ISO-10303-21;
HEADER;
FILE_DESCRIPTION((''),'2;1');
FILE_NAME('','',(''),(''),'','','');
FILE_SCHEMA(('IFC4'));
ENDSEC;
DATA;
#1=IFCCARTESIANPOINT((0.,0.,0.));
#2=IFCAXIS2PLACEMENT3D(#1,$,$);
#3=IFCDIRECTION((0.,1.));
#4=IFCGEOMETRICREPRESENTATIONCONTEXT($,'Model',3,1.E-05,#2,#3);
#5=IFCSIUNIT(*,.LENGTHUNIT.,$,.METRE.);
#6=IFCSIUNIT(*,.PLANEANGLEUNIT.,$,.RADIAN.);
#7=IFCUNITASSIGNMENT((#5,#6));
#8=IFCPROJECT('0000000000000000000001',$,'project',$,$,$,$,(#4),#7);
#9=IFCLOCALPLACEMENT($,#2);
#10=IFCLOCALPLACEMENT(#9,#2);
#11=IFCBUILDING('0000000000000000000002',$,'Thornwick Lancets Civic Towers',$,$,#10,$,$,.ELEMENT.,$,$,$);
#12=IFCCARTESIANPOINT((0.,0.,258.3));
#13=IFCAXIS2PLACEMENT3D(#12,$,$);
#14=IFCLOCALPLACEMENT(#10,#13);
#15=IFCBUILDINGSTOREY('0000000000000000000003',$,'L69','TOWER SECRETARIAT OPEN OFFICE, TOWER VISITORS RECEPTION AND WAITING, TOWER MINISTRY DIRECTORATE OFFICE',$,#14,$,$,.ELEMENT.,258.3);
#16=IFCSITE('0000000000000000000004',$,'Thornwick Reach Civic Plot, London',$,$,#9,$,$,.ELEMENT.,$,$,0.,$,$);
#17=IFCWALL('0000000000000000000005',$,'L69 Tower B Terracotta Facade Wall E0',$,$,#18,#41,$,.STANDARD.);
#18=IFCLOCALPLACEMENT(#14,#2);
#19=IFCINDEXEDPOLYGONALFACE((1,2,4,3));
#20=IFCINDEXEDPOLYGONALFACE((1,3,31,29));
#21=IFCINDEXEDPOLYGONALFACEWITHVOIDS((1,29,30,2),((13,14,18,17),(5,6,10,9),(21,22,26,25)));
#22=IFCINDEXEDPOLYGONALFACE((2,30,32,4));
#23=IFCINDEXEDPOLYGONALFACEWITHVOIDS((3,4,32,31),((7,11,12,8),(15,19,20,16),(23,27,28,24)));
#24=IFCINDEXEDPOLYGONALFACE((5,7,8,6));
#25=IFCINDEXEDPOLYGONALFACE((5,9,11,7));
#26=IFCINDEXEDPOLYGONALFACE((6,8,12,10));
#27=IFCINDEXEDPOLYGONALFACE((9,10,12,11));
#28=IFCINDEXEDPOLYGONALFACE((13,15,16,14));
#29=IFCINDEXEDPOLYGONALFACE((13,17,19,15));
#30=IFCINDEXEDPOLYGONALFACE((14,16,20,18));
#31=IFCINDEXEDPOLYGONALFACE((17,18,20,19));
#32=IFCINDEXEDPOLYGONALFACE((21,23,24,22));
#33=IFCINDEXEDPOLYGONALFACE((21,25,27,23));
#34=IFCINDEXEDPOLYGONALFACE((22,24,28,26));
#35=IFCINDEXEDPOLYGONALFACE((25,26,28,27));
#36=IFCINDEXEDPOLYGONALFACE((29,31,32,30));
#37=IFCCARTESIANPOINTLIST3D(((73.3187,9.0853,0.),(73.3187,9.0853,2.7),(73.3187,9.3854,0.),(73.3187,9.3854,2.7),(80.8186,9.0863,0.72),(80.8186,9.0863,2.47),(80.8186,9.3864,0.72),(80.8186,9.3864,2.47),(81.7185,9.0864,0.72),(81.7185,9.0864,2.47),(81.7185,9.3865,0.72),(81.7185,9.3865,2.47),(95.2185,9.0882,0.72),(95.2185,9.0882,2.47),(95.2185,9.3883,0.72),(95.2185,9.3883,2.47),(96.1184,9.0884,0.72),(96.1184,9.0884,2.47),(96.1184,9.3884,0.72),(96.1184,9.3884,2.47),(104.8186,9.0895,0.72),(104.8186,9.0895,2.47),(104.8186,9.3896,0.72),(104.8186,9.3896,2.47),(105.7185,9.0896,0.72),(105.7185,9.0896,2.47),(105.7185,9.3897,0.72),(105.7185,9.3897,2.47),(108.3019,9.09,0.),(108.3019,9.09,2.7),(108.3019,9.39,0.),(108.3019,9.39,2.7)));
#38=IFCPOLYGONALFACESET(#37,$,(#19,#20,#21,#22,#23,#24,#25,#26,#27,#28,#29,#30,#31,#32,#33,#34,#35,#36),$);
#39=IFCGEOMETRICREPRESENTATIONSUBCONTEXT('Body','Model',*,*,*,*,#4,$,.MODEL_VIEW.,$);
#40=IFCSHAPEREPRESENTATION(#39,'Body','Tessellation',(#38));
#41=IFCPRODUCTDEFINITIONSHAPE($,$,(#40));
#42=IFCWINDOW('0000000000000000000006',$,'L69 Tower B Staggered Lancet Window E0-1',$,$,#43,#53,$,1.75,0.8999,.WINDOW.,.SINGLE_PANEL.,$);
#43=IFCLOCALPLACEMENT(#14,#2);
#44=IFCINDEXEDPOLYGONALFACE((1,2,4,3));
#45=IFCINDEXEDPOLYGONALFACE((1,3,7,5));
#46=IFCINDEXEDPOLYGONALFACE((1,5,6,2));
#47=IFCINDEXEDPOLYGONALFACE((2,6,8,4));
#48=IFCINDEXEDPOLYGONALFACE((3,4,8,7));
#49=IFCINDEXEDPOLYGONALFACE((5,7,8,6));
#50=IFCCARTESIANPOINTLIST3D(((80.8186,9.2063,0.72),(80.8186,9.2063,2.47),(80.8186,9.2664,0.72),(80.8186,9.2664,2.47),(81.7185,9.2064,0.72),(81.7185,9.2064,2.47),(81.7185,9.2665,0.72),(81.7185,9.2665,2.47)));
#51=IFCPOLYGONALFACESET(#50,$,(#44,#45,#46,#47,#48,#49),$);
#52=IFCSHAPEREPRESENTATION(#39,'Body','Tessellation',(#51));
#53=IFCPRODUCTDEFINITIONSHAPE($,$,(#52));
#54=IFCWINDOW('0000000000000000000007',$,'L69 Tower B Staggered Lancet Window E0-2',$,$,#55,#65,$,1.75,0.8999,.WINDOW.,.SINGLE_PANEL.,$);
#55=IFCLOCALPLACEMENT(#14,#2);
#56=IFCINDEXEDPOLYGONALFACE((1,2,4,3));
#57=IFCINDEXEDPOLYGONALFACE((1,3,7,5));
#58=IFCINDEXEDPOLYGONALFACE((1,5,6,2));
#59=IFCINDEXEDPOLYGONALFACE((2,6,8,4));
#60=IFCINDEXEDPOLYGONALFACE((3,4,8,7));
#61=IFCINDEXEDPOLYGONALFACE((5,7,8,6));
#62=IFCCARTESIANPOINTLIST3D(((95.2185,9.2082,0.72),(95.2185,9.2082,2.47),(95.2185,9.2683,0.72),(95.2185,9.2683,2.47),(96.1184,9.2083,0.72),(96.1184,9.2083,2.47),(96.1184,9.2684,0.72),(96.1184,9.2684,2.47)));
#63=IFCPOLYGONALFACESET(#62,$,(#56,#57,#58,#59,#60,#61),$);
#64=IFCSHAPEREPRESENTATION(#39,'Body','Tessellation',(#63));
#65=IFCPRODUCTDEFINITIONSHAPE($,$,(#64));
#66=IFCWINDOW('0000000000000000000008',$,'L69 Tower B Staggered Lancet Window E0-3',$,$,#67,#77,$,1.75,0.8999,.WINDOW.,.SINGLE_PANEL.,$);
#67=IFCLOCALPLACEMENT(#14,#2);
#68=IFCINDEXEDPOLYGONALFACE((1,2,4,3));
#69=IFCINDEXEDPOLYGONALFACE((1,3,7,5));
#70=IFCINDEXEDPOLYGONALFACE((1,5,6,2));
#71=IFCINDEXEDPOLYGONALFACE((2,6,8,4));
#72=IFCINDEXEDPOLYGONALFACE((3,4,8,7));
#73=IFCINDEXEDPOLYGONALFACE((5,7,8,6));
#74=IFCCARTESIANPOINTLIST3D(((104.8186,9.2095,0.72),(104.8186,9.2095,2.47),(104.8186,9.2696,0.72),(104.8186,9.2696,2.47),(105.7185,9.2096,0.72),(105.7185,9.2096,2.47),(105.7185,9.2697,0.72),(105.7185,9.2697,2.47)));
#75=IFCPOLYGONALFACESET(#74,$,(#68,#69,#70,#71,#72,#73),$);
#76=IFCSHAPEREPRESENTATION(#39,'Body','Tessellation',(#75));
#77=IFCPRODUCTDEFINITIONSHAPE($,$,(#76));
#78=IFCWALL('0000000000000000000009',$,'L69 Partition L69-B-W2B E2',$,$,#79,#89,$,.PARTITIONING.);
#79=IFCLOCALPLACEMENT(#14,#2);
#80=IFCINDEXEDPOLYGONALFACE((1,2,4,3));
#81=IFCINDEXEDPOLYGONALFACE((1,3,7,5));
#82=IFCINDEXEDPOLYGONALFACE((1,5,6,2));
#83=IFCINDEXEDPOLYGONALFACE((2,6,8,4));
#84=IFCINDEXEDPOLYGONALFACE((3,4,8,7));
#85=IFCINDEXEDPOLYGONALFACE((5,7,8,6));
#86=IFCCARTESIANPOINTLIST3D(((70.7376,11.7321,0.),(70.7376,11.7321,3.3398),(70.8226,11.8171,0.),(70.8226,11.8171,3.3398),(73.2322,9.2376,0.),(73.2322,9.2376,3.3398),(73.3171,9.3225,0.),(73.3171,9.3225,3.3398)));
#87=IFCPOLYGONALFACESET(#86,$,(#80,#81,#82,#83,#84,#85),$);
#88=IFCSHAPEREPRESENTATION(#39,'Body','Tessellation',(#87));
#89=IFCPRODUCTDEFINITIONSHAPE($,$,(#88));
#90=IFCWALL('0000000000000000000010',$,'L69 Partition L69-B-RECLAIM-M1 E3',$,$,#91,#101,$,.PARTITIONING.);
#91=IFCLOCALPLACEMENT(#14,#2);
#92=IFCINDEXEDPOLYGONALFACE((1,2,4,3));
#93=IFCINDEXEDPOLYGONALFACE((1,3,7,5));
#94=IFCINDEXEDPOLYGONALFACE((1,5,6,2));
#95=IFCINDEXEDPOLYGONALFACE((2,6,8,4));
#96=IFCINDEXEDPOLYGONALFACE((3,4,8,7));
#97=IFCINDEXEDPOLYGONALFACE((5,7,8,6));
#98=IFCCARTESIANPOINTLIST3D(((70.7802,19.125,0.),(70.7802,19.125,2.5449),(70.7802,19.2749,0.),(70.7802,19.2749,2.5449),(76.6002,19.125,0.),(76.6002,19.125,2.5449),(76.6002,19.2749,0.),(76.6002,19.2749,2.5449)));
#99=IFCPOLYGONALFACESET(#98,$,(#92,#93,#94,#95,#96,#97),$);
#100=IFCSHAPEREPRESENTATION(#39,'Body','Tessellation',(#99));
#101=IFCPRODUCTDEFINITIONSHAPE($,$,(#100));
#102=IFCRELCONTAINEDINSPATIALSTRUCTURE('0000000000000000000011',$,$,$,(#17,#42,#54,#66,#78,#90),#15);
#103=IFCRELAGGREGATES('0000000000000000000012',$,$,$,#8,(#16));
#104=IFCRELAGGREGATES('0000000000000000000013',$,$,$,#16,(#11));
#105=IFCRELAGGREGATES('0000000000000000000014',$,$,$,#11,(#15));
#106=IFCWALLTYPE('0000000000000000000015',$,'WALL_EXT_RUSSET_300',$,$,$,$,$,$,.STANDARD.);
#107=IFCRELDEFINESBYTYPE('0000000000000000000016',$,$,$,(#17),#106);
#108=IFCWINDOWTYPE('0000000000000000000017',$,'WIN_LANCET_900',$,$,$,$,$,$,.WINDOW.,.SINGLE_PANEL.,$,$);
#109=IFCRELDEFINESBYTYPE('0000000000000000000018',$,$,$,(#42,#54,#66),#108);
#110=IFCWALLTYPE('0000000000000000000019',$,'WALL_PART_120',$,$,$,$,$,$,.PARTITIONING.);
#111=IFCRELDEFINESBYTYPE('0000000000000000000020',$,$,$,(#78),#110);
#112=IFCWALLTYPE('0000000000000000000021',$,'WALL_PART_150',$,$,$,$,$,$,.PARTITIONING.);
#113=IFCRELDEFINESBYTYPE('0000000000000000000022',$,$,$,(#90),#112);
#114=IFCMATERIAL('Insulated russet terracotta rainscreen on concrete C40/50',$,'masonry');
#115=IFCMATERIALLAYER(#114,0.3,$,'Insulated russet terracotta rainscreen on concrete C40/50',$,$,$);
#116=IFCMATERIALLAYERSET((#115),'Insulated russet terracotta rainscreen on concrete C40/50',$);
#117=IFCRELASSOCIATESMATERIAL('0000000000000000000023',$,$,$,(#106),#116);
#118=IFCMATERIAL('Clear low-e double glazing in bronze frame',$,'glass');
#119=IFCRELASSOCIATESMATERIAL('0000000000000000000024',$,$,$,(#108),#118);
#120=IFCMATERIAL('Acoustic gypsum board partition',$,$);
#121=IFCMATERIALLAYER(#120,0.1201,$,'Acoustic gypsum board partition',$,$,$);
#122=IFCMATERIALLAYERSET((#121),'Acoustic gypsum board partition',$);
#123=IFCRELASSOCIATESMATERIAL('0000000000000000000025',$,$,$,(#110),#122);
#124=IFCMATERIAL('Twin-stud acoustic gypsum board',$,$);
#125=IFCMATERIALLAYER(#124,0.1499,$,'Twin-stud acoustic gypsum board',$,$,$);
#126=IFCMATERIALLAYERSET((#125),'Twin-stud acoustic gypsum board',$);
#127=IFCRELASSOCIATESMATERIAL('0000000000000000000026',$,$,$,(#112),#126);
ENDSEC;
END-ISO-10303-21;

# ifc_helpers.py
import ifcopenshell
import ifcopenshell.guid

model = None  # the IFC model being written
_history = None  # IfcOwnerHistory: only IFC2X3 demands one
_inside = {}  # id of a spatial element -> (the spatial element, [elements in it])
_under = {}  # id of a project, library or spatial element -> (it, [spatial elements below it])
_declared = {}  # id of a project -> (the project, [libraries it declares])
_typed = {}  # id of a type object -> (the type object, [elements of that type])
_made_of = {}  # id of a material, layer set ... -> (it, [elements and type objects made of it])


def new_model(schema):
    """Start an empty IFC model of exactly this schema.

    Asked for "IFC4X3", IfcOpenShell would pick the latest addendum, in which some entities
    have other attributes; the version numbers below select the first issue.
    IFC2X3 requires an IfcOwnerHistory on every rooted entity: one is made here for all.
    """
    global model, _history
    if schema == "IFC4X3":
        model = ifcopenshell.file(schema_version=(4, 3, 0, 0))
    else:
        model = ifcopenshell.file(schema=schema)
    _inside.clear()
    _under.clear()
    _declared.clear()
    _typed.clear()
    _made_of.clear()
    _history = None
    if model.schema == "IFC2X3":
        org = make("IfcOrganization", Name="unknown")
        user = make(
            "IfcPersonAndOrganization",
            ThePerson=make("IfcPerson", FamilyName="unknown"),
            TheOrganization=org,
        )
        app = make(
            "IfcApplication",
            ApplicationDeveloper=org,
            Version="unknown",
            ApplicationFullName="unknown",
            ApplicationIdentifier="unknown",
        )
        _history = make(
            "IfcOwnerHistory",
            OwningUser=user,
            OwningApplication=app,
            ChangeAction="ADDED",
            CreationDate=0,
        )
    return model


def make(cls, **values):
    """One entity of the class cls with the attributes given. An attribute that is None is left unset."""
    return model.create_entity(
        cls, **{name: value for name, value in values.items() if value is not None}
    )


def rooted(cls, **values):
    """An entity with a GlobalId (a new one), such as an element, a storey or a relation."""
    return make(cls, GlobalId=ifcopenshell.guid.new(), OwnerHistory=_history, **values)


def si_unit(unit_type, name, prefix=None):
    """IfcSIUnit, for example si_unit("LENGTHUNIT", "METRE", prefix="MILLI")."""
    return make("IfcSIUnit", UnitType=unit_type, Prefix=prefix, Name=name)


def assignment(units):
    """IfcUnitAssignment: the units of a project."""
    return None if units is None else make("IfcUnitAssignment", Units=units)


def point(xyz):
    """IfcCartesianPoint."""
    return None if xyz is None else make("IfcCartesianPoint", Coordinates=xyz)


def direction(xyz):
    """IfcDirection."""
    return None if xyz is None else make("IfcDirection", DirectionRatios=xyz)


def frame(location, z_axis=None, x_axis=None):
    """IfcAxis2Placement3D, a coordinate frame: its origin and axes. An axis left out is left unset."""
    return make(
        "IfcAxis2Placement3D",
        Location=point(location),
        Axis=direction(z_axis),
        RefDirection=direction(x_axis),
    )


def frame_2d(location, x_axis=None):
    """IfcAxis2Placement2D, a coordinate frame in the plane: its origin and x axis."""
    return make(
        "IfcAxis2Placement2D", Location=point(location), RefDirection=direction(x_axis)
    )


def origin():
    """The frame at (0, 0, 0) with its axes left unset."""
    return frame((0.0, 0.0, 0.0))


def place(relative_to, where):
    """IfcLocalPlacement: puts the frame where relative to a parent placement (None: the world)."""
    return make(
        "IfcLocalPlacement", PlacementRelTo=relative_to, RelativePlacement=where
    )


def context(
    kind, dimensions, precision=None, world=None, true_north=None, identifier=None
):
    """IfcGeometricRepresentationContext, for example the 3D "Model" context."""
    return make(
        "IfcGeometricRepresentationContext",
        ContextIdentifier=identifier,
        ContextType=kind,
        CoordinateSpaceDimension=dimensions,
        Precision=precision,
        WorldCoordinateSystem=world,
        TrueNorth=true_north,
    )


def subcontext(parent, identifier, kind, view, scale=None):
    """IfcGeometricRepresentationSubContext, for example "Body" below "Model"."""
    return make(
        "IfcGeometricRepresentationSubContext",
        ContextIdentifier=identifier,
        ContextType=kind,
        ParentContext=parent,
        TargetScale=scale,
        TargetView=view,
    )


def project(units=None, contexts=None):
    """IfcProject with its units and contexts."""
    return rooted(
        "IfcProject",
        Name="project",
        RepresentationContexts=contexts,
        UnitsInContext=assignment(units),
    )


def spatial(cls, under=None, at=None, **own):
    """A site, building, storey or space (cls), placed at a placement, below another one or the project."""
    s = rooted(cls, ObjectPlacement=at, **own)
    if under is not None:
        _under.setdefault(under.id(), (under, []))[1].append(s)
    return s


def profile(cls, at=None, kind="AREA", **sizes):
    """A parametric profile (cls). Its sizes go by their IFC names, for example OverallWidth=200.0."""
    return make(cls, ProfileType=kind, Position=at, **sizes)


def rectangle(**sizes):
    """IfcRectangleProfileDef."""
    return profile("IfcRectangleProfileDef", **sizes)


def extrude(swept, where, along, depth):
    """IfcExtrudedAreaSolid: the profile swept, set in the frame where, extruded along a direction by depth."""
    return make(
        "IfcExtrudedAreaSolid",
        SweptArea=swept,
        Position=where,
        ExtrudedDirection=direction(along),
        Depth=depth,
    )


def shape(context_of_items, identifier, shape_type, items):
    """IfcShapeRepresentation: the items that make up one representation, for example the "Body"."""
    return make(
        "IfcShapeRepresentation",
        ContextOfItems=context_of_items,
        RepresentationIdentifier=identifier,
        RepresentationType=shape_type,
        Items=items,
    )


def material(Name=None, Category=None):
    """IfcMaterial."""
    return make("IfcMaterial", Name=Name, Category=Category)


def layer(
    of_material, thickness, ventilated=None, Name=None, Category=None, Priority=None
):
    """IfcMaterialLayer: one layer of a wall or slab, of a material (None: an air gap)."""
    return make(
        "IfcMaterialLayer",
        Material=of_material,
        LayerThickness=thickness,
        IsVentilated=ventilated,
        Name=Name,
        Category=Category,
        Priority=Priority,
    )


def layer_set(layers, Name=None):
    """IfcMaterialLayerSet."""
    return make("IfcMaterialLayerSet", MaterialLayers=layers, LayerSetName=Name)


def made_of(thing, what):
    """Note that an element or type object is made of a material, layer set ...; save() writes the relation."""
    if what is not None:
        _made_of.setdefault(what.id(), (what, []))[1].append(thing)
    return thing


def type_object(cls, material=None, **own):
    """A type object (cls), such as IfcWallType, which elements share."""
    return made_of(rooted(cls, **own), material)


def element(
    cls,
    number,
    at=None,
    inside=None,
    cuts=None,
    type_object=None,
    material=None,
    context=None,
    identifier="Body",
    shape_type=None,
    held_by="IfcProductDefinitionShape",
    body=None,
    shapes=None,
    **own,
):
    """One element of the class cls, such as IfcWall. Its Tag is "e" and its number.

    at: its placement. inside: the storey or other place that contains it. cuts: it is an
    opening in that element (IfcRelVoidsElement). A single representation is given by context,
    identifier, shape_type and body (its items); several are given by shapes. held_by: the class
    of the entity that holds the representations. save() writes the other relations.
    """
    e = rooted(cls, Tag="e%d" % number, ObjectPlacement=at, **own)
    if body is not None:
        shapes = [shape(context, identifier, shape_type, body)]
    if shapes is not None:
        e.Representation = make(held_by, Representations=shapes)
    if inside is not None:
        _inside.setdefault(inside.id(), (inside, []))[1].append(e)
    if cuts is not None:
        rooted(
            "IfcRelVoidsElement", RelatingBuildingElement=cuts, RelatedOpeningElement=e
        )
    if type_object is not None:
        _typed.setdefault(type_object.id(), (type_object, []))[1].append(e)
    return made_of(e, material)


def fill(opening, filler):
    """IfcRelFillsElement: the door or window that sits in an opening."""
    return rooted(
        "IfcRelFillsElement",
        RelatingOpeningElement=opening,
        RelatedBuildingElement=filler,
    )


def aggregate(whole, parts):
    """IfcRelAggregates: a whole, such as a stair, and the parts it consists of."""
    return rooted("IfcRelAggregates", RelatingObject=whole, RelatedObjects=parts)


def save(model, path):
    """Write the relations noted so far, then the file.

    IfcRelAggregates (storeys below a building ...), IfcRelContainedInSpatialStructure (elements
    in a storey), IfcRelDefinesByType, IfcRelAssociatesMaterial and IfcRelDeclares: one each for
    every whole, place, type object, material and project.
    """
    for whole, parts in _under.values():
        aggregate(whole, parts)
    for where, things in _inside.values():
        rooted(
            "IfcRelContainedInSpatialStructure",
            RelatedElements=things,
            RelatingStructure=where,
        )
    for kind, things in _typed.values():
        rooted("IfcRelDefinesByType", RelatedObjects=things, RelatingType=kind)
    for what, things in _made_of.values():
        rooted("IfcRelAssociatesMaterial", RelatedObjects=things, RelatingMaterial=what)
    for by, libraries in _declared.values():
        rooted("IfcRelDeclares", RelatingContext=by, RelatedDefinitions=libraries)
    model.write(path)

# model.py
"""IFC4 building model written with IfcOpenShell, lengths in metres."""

from ifc_helpers import new_model, si_unit, direction, frame, frame_2d, origin, place, context, subcontext, project, spatial, rectangle, extrude, material, layer, layer_set, type_object, element, fill, save


model = new_model("IFC4")

# Units and contexts
model_context = context("Model", 3, precision=1e-05, world=origin(), true_north=direction((0.0, 1.0)))
body_context = subcontext(model_context, "Body", "Model", "MODEL_VIEW")
ifc_project = project(units=[si_unit("LENGTHUNIT", "METRE"), si_unit("PLANEANGLEUNIT", "RADIAN")], contexts=[model_context])

# Site, building, storey
site_placement = place(None, origin())
site = spatial("IfcSite", under=ifc_project, at=site_placement, Name="Thornwick Reach Civic Plot, London", CompositionType="ELEMENT", RefElevation=0.0)
building_placement = place(site_placement, origin())
building = spatial("IfcBuilding", under=site, at=building_placement, Name="Thornwick Lancets Civic Towers", CompositionType="ELEMENT")
storey_placement = place(building_placement, frame((0.0, 0.0, 258.3)))
storey = spatial("IfcBuildingStorey", under=building, at=storey_placement, Name="L69", Description="TOWER SECRETARIAT OPEN OFFICE, TOWER VISITORS RECEPTION AND WAITING, TOWER MINISTRY DIRECTORATE OFFICE", CompositionType="ELEMENT", Elevation=258.3)

# Wall, openings, windows
ifc_material_1 = material(Name="Insulated russet terracotta rainscreen on concrete C40/50", Category="masonry")
ifc_layer_1 = layer(ifc_material_1, 0.3, Name="Insulated russet terracotta rainscreen on concrete C40/50")
ifc_layer_set_1 = layer_set([ifc_layer_1], Name="Insulated russet terracotta rainscreen on concrete C40/50")
wall_type_1 = type_object("IfcWallType", Name="WALL_EXT_RUSSET_300", PredefinedType="STANDARD", material=ifc_layer_set_1)
ifc_material_2 = material(Name="Clear low-e double glazing in bronze frame", Category="glass")
window_type = type_object("IfcWindowType", Name="WIN_LANCET_900", PartitioningType="SINGLE_PANEL", PredefinedType="WINDOW", material=ifc_material_2)
wall_1_placement = place(storey_placement, frame((73.3186, 9.2354, 0.0), z_axis=(0.0, 0.0, 1.0), x_axis=(1.0, 0.000133, 0.0)))
wall_1 = element("IfcWall", 1, at=wall_1_placement, inside=storey, type_object=wall_type_1, Name="L69 Tower B Terracotta Facade Wall E0", PredefinedType="STANDARD", context=body_context, shape_type="SweptSolid", body=[
    extrude(rectangle(XDim=34.9832, YDim=0.3, at=frame_2d((17.4917, 0.0))), origin(), (0.0, 0.0, 1.0), 2.7),
])
opening_1_placement = place(wall_1_placement, frame((7.5, 0.0, 0.72)))
opening_1 = element("IfcOpeningElement", 2, at=opening_1_placement, cuts=wall_1, PredefinedType="OPENING", context=body_context, shape_type="SweptSolid", body=[
    extrude(rectangle(XDim=0.8999, YDim=1.75, at=frame_2d((0.45, 0.875))), frame((0.0, 0.1602, 0.0), z_axis=(0.0, -1.0, 0.0), x_axis=(1.0, 0.0, 0.0)), (0.0, 0.0, 1.0), 0.3201),
])
opening_2_placement = place(wall_1_placement, frame((21.8999, 0.0, 0.72)))
opening_2 = element("IfcOpeningElement", 3, at=opening_2_placement, cuts=wall_1, PredefinedType="OPENING", context=body_context, shape_type="SweptSolid", body=[
    extrude(rectangle(XDim=0.8999, YDim=1.75, at=frame_2d((0.45, 0.875))), frame((0.0, 0.1602, 0.0), z_axis=(0.0, -1.0, 0.0), x_axis=(1.0, 0.0, 0.0)), (0.0, 0.0, 1.0), 0.3201),
])
opening_3_placement = place(wall_1_placement, frame((31.5, 0.0, 0.72)))
opening_3 = element("IfcOpeningElement", 4, at=opening_3_placement, cuts=wall_1, PredefinedType="OPENING", context=body_context, shape_type="SweptSolid", body=[
    extrude(rectangle(XDim=0.8999, YDim=1.75, at=frame_2d((0.45, 0.875))), frame((0.0, 0.1602, 0.0), z_axis=(0.0, -1.0, 0.0), x_axis=(1.0, 0.0, 0.0)), (0.0, 0.0, 1.0), 0.3201),
])
window_1_placement = place(opening_1_placement, origin())
window_1 = element("IfcWindow", 5, at=window_1_placement, inside=storey, type_object=window_type, Name="L69 Tower B Staggered Lancet Window E0-1", OverallHeight=1.75, OverallWidth=0.8999, PartitioningType="SINGLE_PANEL", PredefinedType="WINDOW", context=body_context, shape_type="SweptSolid", body=[
    extrude(rectangle(XDim=0.8999, YDim=1.75, at=frame_2d((0.45, 0.875))), frame((0.0, 0.03, 0.0), z_axis=(0.0, -1.0, 0.0), x_axis=(1.0, 0.0, 0.0)), (0.0, 0.0, 1.0), 0.0601),
])
fill(opening_1, window_1)
window_2_placement = place(opening_2_placement, origin())
window_2 = element("IfcWindow", 6, at=window_2_placement, inside=storey, type_object=window_type, Name="L69 Tower B Staggered Lancet Window E0-2", OverallHeight=1.75, OverallWidth=0.8999, PartitioningType="SINGLE_PANEL", PredefinedType="WINDOW", context=body_context, shape_type="SweptSolid", body=[
    extrude(rectangle(XDim=0.8999, YDim=1.75, at=frame_2d((0.45, 0.875))), frame((0.0, 0.03, 0.0), z_axis=(0.0, -1.0, 0.0), x_axis=(1.0, 0.0, 0.0)), (0.0, 0.0, 1.0), 0.0601),
])
fill(opening_2, window_2)
window_3_placement = place(opening_3_placement, origin())
window_3 = element("IfcWindow", 7, at=window_3_placement, inside=storey, type_object=window_type, Name="L69 Tower B Staggered Lancet Window E0-3", OverallHeight=1.75, OverallWidth=0.8999, PartitioningType="SINGLE_PANEL", PredefinedType="WINDOW", context=body_context, shape_type="SweptSolid", body=[
    extrude(rectangle(XDim=0.8999, YDim=1.75, at=frame_2d((0.45, 0.875))), frame((0.0, 0.03, 0.0), z_axis=(0.0, -1.0, 0.0), x_axis=(1.0, 0.0, 0.0)), (0.0, 0.0, 1.0), 0.0601),
])
fill(opening_3, window_3)

# Walls
ifc_material_3 = material(Name="Acoustic gypsum board partition")
ifc_layer_2 = layer(ifc_material_3, 0.1201, Name="Acoustic gypsum board partition")
ifc_layer_set_2 = layer_set([ifc_layer_2], Name="Acoustic gypsum board partition")
wall_type_2 = type_object("IfcWallType", Name="WALL_PART_120", PredefinedType="PARTITIONING", material=ifc_layer_set_2)
wall_2_placement = place(storey_placement, frame((73.2747, 9.28, 0.0), z_axis=(0.0, 0.0, 1.0), x_axis=(-0.707107, 0.707107, 0.0)))
element("IfcWall", 8, at=wall_2_placement, inside=storey, type_object=wall_type_2, Name="L69 Partition L69-B-W2B E2", PredefinedType="PARTITIONING", context=body_context, shape_type="SweptSolid", body=[
    extrude(rectangle(XDim=3.5278, YDim=0.1201, at=frame_2d((1.7639, 0.0))), origin(), (0.0, 0.0, 1.0), 3.3398),
])
ifc_material_4 = material(Name="Twin-stud acoustic gypsum board")
ifc_layer_3 = layer(ifc_material_4, 0.1499, Name="Twin-stud acoustic gypsum board")
ifc_layer_set_3 = layer_set([ifc_layer_3], Name="Twin-stud acoustic gypsum board")
wall_type_3 = type_object("IfcWallType", Name="WALL_PART_150", PredefinedType="PARTITIONING", material=ifc_layer_set_3)
wall_3_placement = place(storey_placement, frame((70.78, 19.2, 0.0), z_axis=(0.0, 0.0, 1.0), x_axis=(1.0, 0.0, 0.0)))
element("IfcWall", 9, at=wall_3_placement, inside=storey, type_object=wall_type_3, Name="L69 Partition L69-B-RECLAIM-M1 E3", PredefinedType="PARTITIONING", context=body_context, shape_type="SweptSolid", body=[
    extrude(rectangle(XDim=5.8201, YDim=0.1499, at=frame_2d((2.9102, 0.0))), origin(), (0.0, 0.0, 1.0), 2.5449),
])

save(model, "model.ifc")
